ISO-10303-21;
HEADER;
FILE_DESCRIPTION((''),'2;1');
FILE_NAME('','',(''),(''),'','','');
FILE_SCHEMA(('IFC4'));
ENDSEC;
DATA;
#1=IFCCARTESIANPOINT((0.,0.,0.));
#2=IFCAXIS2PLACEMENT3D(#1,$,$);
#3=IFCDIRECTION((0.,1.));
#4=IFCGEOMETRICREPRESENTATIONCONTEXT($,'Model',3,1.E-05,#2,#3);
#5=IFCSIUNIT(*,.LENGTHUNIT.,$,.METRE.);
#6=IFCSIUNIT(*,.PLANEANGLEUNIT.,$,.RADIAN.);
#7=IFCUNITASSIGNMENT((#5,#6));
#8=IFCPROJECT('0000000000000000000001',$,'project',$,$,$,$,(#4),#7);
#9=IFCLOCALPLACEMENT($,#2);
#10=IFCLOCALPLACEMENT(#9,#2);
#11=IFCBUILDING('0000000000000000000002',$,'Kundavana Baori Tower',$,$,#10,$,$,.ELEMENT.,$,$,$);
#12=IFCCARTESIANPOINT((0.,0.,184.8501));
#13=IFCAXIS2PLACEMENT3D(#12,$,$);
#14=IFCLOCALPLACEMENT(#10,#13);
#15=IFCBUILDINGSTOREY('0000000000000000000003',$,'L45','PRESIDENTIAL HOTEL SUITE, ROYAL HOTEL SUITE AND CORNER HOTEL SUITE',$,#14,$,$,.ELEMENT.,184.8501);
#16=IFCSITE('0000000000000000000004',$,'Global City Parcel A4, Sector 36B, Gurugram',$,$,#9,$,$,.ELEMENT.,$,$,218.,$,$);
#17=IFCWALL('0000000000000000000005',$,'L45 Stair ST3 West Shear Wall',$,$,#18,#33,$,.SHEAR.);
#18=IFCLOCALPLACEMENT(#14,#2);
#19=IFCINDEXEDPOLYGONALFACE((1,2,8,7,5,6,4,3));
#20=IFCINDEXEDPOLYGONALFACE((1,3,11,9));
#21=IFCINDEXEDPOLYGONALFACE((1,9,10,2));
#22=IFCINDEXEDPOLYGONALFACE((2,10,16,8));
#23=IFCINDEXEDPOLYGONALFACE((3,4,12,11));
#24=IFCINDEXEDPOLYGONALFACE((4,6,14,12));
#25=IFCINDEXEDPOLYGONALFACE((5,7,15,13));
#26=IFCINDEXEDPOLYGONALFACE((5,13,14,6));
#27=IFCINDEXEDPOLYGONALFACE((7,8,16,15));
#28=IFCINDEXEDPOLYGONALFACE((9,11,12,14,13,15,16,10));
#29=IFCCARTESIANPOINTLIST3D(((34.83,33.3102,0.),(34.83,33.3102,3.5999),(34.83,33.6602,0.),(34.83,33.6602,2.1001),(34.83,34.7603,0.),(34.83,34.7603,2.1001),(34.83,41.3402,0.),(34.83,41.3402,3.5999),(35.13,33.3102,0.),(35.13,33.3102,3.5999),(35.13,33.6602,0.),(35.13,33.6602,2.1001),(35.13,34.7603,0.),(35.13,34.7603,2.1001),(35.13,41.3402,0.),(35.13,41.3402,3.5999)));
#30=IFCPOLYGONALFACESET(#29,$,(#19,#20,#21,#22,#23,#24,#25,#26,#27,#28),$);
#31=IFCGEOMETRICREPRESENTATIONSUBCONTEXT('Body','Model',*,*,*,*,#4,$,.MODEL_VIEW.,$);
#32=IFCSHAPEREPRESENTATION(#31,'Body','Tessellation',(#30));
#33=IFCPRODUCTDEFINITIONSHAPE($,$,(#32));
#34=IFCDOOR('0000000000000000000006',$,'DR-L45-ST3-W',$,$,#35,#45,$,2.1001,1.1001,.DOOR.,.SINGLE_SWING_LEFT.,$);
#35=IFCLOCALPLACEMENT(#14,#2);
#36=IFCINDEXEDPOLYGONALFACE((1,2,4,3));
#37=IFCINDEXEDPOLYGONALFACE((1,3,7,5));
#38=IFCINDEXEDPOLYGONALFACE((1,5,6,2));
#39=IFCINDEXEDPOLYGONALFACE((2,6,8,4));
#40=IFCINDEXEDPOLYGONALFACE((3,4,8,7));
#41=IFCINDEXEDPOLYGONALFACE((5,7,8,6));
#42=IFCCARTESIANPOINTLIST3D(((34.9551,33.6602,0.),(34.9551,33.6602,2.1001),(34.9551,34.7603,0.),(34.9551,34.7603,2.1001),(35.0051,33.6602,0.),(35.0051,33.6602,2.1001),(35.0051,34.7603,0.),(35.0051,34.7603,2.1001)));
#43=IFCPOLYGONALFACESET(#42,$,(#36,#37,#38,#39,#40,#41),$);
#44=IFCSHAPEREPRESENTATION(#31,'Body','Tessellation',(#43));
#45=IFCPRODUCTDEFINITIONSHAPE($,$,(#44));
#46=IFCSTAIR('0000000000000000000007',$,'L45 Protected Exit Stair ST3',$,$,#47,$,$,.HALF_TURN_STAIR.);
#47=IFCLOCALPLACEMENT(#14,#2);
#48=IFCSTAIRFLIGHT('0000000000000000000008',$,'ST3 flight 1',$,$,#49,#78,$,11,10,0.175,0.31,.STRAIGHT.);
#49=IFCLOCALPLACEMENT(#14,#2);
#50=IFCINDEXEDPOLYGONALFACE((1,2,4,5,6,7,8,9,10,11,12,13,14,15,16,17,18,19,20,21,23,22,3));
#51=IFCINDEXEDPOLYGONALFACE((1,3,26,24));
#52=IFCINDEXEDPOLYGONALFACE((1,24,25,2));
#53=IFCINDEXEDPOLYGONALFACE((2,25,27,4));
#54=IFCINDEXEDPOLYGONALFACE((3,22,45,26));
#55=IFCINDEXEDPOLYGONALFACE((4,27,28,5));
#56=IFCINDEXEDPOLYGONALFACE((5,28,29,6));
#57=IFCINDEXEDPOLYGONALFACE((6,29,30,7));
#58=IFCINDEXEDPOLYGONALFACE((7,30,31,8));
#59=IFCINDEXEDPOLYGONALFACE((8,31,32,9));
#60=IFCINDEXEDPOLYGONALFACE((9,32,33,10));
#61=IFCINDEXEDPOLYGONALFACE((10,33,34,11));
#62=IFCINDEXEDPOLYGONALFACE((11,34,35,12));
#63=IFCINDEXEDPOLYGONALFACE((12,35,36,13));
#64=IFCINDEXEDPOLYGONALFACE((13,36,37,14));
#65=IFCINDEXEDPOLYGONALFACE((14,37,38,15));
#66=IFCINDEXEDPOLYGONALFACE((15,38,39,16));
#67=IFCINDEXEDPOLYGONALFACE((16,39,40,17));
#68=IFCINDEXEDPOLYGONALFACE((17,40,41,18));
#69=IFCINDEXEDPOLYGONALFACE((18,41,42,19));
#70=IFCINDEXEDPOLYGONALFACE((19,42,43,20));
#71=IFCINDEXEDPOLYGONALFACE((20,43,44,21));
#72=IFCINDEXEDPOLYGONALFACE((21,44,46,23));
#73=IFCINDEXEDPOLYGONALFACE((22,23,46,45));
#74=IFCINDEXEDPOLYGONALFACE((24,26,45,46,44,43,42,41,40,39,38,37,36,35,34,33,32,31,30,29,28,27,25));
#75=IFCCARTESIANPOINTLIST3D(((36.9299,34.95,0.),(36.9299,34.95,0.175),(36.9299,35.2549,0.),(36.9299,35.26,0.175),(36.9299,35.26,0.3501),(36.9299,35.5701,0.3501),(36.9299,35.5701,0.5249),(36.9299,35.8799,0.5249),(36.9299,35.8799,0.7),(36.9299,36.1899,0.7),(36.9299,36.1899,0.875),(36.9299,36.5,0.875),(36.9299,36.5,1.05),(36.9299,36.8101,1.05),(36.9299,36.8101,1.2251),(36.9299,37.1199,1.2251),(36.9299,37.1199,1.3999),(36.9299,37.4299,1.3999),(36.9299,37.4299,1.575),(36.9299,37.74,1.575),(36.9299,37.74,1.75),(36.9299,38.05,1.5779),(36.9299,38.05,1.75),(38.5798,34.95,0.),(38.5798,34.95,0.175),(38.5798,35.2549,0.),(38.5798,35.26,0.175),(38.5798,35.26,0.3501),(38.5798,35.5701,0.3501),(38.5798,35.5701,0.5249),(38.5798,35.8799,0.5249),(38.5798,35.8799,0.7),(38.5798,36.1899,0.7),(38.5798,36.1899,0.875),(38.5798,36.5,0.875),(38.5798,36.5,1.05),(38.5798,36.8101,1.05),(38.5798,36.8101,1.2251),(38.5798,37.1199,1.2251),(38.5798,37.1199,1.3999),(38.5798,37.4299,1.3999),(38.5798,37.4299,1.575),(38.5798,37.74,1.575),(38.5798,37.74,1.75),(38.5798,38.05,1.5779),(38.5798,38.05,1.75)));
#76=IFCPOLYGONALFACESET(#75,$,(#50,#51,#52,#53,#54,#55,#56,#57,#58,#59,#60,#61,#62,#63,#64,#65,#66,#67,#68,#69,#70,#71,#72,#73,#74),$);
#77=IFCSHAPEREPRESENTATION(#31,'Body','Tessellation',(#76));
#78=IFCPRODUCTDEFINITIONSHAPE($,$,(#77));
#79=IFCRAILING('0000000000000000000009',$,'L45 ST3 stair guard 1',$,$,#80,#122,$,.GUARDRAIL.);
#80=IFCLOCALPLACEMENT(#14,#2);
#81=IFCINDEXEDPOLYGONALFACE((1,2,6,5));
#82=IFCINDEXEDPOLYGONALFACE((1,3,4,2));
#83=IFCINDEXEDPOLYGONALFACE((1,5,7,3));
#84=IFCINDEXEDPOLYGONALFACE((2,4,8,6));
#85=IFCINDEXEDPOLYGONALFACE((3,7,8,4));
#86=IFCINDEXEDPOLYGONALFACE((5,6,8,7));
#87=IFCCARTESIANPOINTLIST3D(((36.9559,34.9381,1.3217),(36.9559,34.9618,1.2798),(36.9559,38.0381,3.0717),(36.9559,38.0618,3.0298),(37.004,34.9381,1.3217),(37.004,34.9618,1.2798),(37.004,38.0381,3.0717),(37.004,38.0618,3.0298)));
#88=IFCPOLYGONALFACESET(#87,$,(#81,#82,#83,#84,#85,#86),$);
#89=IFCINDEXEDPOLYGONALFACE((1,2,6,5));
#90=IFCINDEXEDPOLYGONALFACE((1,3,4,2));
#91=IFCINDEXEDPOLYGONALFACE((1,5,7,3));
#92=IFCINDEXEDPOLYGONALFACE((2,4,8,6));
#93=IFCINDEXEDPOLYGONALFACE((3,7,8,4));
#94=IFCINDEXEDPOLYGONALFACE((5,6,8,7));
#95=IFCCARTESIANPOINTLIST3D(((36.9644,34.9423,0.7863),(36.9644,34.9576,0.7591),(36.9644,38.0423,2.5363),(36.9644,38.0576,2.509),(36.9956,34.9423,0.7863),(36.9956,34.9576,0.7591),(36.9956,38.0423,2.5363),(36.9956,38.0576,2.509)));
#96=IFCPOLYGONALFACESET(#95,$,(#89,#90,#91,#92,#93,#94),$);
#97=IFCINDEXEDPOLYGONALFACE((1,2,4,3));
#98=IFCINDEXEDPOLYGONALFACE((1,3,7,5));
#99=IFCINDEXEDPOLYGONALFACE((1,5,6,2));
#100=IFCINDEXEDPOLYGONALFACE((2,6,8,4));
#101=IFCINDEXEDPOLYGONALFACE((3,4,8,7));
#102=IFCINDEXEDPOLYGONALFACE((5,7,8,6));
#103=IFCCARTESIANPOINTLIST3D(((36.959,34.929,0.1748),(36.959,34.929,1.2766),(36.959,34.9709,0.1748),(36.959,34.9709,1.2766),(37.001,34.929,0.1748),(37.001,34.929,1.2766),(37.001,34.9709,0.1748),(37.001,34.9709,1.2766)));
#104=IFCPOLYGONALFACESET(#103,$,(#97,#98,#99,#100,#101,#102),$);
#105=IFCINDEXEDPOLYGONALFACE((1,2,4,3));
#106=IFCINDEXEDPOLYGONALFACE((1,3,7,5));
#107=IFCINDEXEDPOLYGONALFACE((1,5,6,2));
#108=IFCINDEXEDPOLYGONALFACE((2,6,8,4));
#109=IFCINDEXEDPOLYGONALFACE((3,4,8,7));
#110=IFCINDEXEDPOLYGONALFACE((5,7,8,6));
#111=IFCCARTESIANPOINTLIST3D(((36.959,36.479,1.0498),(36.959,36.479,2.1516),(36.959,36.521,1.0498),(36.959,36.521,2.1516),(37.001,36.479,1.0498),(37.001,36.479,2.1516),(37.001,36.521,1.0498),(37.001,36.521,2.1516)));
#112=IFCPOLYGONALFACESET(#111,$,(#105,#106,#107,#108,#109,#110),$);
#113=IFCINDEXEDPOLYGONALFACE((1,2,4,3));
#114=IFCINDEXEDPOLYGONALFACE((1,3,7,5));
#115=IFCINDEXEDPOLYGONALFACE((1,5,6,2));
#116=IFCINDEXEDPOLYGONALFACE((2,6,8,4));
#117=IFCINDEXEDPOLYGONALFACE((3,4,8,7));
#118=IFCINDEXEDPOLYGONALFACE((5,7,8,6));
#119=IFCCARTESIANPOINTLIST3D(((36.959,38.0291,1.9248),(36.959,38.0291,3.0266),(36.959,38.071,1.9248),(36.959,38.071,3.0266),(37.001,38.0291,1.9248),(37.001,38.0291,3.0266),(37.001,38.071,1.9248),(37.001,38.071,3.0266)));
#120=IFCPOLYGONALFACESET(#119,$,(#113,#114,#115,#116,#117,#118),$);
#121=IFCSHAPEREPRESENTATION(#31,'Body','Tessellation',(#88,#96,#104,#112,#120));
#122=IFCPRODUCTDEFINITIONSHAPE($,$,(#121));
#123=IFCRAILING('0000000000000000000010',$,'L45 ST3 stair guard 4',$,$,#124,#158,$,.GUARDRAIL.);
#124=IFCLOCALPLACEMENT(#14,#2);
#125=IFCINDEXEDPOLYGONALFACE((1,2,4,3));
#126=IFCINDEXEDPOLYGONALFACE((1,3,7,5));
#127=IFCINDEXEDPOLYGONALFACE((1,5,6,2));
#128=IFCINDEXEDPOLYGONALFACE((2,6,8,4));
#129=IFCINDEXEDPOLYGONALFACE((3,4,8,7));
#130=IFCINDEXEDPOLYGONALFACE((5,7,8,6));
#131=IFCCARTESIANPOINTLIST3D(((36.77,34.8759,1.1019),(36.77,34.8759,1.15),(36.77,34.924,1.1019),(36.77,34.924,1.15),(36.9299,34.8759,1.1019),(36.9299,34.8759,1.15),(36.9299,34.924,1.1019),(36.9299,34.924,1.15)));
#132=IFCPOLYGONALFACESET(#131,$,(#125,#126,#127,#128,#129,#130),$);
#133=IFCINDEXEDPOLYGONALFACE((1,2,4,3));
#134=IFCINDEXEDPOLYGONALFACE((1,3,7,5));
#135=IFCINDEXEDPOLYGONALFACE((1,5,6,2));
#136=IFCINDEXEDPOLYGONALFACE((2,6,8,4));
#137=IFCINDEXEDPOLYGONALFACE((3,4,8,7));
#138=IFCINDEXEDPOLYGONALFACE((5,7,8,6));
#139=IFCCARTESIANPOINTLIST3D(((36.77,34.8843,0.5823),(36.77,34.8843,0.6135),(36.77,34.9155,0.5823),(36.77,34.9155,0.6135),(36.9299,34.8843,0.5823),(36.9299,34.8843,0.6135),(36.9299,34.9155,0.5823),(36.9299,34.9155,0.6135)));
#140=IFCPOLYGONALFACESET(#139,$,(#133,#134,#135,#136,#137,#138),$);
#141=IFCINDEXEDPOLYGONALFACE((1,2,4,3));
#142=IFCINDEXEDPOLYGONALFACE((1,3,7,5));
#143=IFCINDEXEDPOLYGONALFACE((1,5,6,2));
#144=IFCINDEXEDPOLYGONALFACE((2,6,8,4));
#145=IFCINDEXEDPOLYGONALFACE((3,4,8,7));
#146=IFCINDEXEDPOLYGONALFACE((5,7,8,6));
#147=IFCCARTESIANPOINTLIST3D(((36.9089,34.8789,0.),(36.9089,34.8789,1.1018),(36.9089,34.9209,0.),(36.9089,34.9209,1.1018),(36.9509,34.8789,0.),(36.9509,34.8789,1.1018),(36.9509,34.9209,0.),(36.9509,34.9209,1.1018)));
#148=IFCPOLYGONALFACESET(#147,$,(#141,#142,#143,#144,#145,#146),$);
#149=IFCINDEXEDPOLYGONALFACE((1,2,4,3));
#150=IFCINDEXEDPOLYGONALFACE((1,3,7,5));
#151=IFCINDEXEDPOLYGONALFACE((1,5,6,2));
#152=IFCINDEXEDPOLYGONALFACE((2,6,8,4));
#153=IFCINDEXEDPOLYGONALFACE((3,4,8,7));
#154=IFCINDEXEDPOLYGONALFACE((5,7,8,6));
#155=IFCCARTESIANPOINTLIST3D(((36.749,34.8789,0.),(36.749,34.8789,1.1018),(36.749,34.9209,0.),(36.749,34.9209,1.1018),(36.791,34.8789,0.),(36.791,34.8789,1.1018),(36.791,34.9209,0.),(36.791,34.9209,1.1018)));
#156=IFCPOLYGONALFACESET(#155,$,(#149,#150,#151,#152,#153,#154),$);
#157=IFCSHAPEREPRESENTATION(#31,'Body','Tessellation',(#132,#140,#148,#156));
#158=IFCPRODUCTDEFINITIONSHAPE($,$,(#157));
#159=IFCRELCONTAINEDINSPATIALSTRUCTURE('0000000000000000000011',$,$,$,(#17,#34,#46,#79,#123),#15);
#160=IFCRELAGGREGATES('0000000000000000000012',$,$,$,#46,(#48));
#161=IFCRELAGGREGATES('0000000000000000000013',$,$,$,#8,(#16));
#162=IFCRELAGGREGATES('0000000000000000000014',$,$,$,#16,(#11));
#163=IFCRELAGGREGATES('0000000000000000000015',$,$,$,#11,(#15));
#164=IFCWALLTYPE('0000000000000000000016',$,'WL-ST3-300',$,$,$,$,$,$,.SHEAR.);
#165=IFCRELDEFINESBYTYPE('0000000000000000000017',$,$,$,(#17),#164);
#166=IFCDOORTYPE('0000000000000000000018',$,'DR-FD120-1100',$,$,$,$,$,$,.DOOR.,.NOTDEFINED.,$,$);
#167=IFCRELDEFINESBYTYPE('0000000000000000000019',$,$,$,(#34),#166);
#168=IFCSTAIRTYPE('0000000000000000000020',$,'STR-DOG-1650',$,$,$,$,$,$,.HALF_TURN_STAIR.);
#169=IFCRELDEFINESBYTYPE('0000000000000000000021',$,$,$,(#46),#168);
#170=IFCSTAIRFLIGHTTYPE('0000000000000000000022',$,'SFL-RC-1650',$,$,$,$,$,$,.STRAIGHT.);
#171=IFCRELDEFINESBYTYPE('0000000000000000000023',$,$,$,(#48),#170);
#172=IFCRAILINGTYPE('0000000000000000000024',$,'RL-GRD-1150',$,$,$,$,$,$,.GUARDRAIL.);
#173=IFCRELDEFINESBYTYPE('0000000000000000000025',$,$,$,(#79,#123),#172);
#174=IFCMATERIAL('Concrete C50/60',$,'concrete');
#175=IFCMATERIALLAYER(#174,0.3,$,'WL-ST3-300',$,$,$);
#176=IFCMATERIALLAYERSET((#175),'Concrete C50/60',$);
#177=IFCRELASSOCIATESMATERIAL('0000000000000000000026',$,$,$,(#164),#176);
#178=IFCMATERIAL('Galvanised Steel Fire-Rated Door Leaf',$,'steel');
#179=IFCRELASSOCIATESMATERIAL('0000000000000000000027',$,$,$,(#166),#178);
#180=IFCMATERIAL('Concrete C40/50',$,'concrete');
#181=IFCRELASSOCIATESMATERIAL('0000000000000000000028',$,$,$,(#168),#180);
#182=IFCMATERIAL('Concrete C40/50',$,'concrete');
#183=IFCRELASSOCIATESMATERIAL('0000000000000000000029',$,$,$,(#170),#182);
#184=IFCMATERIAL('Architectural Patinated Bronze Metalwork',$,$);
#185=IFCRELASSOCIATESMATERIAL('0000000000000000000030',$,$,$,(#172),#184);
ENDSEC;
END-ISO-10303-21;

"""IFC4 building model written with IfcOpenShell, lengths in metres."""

from ifc_helpers import new_model, si_unit, direction, frame, frame_2d, origin, origin_2d, place, context, subcontext, project, spatial, polyline, rectangle, outline, extrude, material, layer, layer_set, type_object, element, fill, aggregate, save


model = new_model("IFC4")

# Units and contexts
model_context = context("Model", 3, precision=1e-05, world=origin(), true_north=direction((0.0, 1.0)))
body_context = subcontext(model_context, "Body", "Model", "MODEL_VIEW")
ifc_project = project(units=[si_unit("LENGTHUNIT", "METRE"), si_unit("PLANEANGLEUNIT", "RADIAN")], contexts=[model_context])

# Site, building, storey
site_placement = place(None, origin())
site = spatial("IfcSite", under=ifc_project, at=site_placement, Name="Global City Parcel A4, Sector 36B, Gurugram", CompositionType="ELEMENT", RefElevation=218.0)
building_placement = place(site_placement, origin())
building = spatial("IfcBuilding", under=site, at=building_placement, Name="Kundavana Baori Tower", CompositionType="ELEMENT")
storey_placement = place(building_placement, frame((0.0, 0.0, 184.8501)))
storey = spatial("IfcBuildingStorey", under=building, at=storey_placement, Name="L45", Description="PRESIDENTIAL HOTEL SUITE, ROYAL HOTEL SUITE AND CORNER HOTEL SUITE", CompositionType="ELEMENT", Elevation=184.8501)

# Shared definitions
ifc_material_1 = material(Name="Concrete C50/60", Category="concrete")
ifc_layer_1 = layer(ifc_material_1, 0.3, Name="WL-ST3-300")
ifc_layer_set_1 = layer_set([ifc_layer_1], Name="Concrete C50/60")
wall_type_1 = type_object("IfcWallType", Name="WL-ST3-300", PredefinedType="SHEAR", material=ifc_layer_set_1)

# Wall, opening, door
wall_1_placement = place(storey_placement, frame((34.98, 33.3101, 0.0), z_axis=(0.0, 0.0, 1.0), x_axis=(0.0, 1.0, 0.0)))
wall_1 = element("IfcWall", 1, at=wall_1_placement, inside=storey, type_object=wall_type_1, Name="L45 Stair ST3 West Shear Wall", PredefinedType="SHEAR", context=body_context, shape_type="SweptSolid", body=[
    extrude(rectangle(XDim=8.03, YDim=0.3, at=frame_2d((4.0151, 0.0))), origin(), (0.0, 0.0, 1.0), 3.5999),
])
opening_1_placement = place(wall_1_placement, frame((0.3501, 0.0, 0.0)))
opening_1 = element("IfcOpeningElement", 2, at=opening_1_placement, cuts=wall_1, PredefinedType="OPENING", context=body_context, shape_type="SweptSolid", body=[
    extrude(rectangle(XDim=1.1001, YDim=2.1001, at=frame_2d((0.55, 1.05))), frame((0.0, 0.1602, 0.0), z_axis=(0.0, -1.0, 0.0), x_axis=(1.0, 0.0, 0.0)), (0.0, 0.0, 1.0), 0.3201),
])
ifc_material_2 = material(Name="Galvanised Steel Fire-Rated Door Leaf", Category="steel")
door_type_1 = type_object("IfcDoorType", Name="DR-FD120-1100", OperationType="NOTDEFINED", PredefinedType="DOOR", material=ifc_material_2)
door_1_placement = place(opening_1_placement, origin())
door_1 = element("IfcDoor", 3, at=door_1_placement, inside=storey, type_object=door_type_1, Name="DR-L45-ST3-W", OperationType="SINGLE_SWING_LEFT", OverallHeight=2.1001, OverallWidth=1.1001, PredefinedType="DOOR", context=body_context, shape_type="SweptSolid", body=[
    extrude(rectangle(XDim=1.1001, YDim=2.1001, at=frame_2d((0.55, 1.05))), frame((0.0, 0.0249, 0.0), z_axis=(0.0, -1.0, 0.0), x_axis=(1.0, 0.0, 0.0)), (0.0, 0.0, 1.0), 0.05),
])
fill(opening_1, door_1)

# Stair, stair flight
ifc_material_3 = material(Name="Concrete C40/50", Category="concrete")
stair_type = type_object("IfcStairType", Name="STR-DOG-1650", PredefinedType="HALF_TURN_STAIR", material=ifc_material_3)
stair_placement = place(storey_placement, origin())
stair = element("IfcStair", 4, at=stair_placement, inside=storey, type_object=stair_type, Name="L45 Protected Exit Stair ST3", PredefinedType="HALF_TURN_STAIR")
ifc_material_4 = material(Name="Concrete C40/50", Category="concrete")
stair_flight_type = type_object("IfcStairFlightType", Name="SFL-RC-1650", PredefinedType="STRAIGHT", material=ifc_material_4)
stair_flight_placement = place(storey_placement, frame((37.7549, 34.95, 0.0), z_axis=(0.0, 0.0, 1.0), x_axis=(0.0, 1.0, 0.0)))
stair_flight = element("IfcStairFlight", 5, at=stair_flight_placement, type_object=stair_flight_type, Name="ST3 flight 1", NumberOfRisers=11, NumberOfTreads=10, PredefinedType="STRAIGHT", RiserHeight=0.175, TreadLength=0.31, context=body_context, shape_type="SweptSolid", body=[
    extrude(outline(polyline([(0.0, 0.0), (0.0, 0.175), (0.3101, 0.175), (0.3101, 0.3501), (0.6201, 0.3501), (0.6201, 0.5249), (0.9299, 0.5249), (0.9299, 0.7), (1.24, 0.7), (1.24, 0.875), (1.55, 0.875), (1.55, 1.05), (1.8601, 1.05), (1.8601, 1.2251), (2.1699, 1.2251), (2.1699, 1.3999), (2.48, 1.3999), (2.48, 1.575), (2.79, 1.575), (2.79, 1.75), (3.1001, 1.75), (3.1001, 1.925), (3.1001, 1.5779), (0.3049, 0.0), (0.0, 0.0)])), frame((0.0, 0.825, 0.0), z_axis=(0.0, -1.0, 0.0), x_axis=(1.0, 0.0, 0.0)), (0.0, 0.0, 1.0), 1.6499),
])
aggregate(stair, [stair_flight])

# Railings
ifc_material_5 = material(Name="Architectural Patinated Bronze Metalwork")
railing_type = type_object("IfcRailingType", Name="RL-GRD-1150", PredefinedType="GUARDRAIL", material=ifc_material_5)
railing_1_placement = place(storey_placement, frame((36.98, 34.95, 0.1748)))
element("IfcRailing", 6, at=railing_1_placement, inside=storey, type_object=railing_type, Name="L45 ST3 stair guard 1", PredefinedType="GUARDRAIL", context=body_context, shape_type="SweptSolid", body=[
    extrude(rectangle(XDim=0.0481, YDim=0.0481, at=origin_2d()), frame((0.0, 0.0, 1.126), z_axis=(0.0, 0.870831, 0.491583), x_axis=(-1.0, 0.0, 0.0)), (0.0, 0.0, 1.0), 3.5598),
    extrude(rectangle(XDim=0.0312, YDim=0.0312, at=origin_2d()), frame((0.0, 0.0, 0.5979), z_axis=(0.0, 0.870831, 0.491583), x_axis=(-1.0, 0.0, 0.0)), (0.0, 0.0, 1.0), 3.5598),
    extrude(rectangle(XDim=0.042, YDim=0.042, at=origin_2d()), origin(), (0.0, 0.0, 1.0), 1.1018),
    extrude(rectangle(XDim=0.042, YDim=0.042, at=origin_2d()), frame((0.0, 1.55, 0.875)), (0.0, 0.0, 1.0), 1.1018),
    extrude(rectangle(XDim=0.042, YDim=0.042, at=origin_2d()), frame((0.0, 3.1001, 1.75)), (0.0, 0.0, 1.0), 1.1018),
])
railing_2_placement = place(storey_placement, frame((36.9299, 34.8999, 0.0)))
element("IfcRailing", 7, at=railing_2_placement, inside=storey, type_object=railing_type, Name="L45 ST3 stair guard 4", PredefinedType="GUARDRAIL", context=body_context, shape_type="SweptSolid", body=[
    extrude(rectangle(XDim=0.0481, YDim=0.0481, at=origin_2d()), frame((0.0, 0.0, 1.126), z_axis=(-1.0, 0.0, 0.0), x_axis=(0.0, -1.0, 0.0)), (0.0, 0.0, 1.0), 0.1599),
    extrude(rectangle(XDim=0.0312, YDim=0.0312, at=origin_2d()), frame((0.0, 0.0, 0.5979), z_axis=(-1.0, 0.0, 0.0), x_axis=(0.0, -1.0, 0.0)), (0.0, 0.0, 1.0), 0.1599),
    extrude(rectangle(XDim=0.042, YDim=0.042, at=origin_2d()), origin(), (0.0, 0.0, 1.0), 1.1018),
    extrude(rectangle(XDim=0.042, YDim=0.042, at=origin_2d()), frame((-0.1599, 0.0, 0.0)), (0.0, 0.0, 1.0), 1.1018),
])

save(model, "model.ifc")
